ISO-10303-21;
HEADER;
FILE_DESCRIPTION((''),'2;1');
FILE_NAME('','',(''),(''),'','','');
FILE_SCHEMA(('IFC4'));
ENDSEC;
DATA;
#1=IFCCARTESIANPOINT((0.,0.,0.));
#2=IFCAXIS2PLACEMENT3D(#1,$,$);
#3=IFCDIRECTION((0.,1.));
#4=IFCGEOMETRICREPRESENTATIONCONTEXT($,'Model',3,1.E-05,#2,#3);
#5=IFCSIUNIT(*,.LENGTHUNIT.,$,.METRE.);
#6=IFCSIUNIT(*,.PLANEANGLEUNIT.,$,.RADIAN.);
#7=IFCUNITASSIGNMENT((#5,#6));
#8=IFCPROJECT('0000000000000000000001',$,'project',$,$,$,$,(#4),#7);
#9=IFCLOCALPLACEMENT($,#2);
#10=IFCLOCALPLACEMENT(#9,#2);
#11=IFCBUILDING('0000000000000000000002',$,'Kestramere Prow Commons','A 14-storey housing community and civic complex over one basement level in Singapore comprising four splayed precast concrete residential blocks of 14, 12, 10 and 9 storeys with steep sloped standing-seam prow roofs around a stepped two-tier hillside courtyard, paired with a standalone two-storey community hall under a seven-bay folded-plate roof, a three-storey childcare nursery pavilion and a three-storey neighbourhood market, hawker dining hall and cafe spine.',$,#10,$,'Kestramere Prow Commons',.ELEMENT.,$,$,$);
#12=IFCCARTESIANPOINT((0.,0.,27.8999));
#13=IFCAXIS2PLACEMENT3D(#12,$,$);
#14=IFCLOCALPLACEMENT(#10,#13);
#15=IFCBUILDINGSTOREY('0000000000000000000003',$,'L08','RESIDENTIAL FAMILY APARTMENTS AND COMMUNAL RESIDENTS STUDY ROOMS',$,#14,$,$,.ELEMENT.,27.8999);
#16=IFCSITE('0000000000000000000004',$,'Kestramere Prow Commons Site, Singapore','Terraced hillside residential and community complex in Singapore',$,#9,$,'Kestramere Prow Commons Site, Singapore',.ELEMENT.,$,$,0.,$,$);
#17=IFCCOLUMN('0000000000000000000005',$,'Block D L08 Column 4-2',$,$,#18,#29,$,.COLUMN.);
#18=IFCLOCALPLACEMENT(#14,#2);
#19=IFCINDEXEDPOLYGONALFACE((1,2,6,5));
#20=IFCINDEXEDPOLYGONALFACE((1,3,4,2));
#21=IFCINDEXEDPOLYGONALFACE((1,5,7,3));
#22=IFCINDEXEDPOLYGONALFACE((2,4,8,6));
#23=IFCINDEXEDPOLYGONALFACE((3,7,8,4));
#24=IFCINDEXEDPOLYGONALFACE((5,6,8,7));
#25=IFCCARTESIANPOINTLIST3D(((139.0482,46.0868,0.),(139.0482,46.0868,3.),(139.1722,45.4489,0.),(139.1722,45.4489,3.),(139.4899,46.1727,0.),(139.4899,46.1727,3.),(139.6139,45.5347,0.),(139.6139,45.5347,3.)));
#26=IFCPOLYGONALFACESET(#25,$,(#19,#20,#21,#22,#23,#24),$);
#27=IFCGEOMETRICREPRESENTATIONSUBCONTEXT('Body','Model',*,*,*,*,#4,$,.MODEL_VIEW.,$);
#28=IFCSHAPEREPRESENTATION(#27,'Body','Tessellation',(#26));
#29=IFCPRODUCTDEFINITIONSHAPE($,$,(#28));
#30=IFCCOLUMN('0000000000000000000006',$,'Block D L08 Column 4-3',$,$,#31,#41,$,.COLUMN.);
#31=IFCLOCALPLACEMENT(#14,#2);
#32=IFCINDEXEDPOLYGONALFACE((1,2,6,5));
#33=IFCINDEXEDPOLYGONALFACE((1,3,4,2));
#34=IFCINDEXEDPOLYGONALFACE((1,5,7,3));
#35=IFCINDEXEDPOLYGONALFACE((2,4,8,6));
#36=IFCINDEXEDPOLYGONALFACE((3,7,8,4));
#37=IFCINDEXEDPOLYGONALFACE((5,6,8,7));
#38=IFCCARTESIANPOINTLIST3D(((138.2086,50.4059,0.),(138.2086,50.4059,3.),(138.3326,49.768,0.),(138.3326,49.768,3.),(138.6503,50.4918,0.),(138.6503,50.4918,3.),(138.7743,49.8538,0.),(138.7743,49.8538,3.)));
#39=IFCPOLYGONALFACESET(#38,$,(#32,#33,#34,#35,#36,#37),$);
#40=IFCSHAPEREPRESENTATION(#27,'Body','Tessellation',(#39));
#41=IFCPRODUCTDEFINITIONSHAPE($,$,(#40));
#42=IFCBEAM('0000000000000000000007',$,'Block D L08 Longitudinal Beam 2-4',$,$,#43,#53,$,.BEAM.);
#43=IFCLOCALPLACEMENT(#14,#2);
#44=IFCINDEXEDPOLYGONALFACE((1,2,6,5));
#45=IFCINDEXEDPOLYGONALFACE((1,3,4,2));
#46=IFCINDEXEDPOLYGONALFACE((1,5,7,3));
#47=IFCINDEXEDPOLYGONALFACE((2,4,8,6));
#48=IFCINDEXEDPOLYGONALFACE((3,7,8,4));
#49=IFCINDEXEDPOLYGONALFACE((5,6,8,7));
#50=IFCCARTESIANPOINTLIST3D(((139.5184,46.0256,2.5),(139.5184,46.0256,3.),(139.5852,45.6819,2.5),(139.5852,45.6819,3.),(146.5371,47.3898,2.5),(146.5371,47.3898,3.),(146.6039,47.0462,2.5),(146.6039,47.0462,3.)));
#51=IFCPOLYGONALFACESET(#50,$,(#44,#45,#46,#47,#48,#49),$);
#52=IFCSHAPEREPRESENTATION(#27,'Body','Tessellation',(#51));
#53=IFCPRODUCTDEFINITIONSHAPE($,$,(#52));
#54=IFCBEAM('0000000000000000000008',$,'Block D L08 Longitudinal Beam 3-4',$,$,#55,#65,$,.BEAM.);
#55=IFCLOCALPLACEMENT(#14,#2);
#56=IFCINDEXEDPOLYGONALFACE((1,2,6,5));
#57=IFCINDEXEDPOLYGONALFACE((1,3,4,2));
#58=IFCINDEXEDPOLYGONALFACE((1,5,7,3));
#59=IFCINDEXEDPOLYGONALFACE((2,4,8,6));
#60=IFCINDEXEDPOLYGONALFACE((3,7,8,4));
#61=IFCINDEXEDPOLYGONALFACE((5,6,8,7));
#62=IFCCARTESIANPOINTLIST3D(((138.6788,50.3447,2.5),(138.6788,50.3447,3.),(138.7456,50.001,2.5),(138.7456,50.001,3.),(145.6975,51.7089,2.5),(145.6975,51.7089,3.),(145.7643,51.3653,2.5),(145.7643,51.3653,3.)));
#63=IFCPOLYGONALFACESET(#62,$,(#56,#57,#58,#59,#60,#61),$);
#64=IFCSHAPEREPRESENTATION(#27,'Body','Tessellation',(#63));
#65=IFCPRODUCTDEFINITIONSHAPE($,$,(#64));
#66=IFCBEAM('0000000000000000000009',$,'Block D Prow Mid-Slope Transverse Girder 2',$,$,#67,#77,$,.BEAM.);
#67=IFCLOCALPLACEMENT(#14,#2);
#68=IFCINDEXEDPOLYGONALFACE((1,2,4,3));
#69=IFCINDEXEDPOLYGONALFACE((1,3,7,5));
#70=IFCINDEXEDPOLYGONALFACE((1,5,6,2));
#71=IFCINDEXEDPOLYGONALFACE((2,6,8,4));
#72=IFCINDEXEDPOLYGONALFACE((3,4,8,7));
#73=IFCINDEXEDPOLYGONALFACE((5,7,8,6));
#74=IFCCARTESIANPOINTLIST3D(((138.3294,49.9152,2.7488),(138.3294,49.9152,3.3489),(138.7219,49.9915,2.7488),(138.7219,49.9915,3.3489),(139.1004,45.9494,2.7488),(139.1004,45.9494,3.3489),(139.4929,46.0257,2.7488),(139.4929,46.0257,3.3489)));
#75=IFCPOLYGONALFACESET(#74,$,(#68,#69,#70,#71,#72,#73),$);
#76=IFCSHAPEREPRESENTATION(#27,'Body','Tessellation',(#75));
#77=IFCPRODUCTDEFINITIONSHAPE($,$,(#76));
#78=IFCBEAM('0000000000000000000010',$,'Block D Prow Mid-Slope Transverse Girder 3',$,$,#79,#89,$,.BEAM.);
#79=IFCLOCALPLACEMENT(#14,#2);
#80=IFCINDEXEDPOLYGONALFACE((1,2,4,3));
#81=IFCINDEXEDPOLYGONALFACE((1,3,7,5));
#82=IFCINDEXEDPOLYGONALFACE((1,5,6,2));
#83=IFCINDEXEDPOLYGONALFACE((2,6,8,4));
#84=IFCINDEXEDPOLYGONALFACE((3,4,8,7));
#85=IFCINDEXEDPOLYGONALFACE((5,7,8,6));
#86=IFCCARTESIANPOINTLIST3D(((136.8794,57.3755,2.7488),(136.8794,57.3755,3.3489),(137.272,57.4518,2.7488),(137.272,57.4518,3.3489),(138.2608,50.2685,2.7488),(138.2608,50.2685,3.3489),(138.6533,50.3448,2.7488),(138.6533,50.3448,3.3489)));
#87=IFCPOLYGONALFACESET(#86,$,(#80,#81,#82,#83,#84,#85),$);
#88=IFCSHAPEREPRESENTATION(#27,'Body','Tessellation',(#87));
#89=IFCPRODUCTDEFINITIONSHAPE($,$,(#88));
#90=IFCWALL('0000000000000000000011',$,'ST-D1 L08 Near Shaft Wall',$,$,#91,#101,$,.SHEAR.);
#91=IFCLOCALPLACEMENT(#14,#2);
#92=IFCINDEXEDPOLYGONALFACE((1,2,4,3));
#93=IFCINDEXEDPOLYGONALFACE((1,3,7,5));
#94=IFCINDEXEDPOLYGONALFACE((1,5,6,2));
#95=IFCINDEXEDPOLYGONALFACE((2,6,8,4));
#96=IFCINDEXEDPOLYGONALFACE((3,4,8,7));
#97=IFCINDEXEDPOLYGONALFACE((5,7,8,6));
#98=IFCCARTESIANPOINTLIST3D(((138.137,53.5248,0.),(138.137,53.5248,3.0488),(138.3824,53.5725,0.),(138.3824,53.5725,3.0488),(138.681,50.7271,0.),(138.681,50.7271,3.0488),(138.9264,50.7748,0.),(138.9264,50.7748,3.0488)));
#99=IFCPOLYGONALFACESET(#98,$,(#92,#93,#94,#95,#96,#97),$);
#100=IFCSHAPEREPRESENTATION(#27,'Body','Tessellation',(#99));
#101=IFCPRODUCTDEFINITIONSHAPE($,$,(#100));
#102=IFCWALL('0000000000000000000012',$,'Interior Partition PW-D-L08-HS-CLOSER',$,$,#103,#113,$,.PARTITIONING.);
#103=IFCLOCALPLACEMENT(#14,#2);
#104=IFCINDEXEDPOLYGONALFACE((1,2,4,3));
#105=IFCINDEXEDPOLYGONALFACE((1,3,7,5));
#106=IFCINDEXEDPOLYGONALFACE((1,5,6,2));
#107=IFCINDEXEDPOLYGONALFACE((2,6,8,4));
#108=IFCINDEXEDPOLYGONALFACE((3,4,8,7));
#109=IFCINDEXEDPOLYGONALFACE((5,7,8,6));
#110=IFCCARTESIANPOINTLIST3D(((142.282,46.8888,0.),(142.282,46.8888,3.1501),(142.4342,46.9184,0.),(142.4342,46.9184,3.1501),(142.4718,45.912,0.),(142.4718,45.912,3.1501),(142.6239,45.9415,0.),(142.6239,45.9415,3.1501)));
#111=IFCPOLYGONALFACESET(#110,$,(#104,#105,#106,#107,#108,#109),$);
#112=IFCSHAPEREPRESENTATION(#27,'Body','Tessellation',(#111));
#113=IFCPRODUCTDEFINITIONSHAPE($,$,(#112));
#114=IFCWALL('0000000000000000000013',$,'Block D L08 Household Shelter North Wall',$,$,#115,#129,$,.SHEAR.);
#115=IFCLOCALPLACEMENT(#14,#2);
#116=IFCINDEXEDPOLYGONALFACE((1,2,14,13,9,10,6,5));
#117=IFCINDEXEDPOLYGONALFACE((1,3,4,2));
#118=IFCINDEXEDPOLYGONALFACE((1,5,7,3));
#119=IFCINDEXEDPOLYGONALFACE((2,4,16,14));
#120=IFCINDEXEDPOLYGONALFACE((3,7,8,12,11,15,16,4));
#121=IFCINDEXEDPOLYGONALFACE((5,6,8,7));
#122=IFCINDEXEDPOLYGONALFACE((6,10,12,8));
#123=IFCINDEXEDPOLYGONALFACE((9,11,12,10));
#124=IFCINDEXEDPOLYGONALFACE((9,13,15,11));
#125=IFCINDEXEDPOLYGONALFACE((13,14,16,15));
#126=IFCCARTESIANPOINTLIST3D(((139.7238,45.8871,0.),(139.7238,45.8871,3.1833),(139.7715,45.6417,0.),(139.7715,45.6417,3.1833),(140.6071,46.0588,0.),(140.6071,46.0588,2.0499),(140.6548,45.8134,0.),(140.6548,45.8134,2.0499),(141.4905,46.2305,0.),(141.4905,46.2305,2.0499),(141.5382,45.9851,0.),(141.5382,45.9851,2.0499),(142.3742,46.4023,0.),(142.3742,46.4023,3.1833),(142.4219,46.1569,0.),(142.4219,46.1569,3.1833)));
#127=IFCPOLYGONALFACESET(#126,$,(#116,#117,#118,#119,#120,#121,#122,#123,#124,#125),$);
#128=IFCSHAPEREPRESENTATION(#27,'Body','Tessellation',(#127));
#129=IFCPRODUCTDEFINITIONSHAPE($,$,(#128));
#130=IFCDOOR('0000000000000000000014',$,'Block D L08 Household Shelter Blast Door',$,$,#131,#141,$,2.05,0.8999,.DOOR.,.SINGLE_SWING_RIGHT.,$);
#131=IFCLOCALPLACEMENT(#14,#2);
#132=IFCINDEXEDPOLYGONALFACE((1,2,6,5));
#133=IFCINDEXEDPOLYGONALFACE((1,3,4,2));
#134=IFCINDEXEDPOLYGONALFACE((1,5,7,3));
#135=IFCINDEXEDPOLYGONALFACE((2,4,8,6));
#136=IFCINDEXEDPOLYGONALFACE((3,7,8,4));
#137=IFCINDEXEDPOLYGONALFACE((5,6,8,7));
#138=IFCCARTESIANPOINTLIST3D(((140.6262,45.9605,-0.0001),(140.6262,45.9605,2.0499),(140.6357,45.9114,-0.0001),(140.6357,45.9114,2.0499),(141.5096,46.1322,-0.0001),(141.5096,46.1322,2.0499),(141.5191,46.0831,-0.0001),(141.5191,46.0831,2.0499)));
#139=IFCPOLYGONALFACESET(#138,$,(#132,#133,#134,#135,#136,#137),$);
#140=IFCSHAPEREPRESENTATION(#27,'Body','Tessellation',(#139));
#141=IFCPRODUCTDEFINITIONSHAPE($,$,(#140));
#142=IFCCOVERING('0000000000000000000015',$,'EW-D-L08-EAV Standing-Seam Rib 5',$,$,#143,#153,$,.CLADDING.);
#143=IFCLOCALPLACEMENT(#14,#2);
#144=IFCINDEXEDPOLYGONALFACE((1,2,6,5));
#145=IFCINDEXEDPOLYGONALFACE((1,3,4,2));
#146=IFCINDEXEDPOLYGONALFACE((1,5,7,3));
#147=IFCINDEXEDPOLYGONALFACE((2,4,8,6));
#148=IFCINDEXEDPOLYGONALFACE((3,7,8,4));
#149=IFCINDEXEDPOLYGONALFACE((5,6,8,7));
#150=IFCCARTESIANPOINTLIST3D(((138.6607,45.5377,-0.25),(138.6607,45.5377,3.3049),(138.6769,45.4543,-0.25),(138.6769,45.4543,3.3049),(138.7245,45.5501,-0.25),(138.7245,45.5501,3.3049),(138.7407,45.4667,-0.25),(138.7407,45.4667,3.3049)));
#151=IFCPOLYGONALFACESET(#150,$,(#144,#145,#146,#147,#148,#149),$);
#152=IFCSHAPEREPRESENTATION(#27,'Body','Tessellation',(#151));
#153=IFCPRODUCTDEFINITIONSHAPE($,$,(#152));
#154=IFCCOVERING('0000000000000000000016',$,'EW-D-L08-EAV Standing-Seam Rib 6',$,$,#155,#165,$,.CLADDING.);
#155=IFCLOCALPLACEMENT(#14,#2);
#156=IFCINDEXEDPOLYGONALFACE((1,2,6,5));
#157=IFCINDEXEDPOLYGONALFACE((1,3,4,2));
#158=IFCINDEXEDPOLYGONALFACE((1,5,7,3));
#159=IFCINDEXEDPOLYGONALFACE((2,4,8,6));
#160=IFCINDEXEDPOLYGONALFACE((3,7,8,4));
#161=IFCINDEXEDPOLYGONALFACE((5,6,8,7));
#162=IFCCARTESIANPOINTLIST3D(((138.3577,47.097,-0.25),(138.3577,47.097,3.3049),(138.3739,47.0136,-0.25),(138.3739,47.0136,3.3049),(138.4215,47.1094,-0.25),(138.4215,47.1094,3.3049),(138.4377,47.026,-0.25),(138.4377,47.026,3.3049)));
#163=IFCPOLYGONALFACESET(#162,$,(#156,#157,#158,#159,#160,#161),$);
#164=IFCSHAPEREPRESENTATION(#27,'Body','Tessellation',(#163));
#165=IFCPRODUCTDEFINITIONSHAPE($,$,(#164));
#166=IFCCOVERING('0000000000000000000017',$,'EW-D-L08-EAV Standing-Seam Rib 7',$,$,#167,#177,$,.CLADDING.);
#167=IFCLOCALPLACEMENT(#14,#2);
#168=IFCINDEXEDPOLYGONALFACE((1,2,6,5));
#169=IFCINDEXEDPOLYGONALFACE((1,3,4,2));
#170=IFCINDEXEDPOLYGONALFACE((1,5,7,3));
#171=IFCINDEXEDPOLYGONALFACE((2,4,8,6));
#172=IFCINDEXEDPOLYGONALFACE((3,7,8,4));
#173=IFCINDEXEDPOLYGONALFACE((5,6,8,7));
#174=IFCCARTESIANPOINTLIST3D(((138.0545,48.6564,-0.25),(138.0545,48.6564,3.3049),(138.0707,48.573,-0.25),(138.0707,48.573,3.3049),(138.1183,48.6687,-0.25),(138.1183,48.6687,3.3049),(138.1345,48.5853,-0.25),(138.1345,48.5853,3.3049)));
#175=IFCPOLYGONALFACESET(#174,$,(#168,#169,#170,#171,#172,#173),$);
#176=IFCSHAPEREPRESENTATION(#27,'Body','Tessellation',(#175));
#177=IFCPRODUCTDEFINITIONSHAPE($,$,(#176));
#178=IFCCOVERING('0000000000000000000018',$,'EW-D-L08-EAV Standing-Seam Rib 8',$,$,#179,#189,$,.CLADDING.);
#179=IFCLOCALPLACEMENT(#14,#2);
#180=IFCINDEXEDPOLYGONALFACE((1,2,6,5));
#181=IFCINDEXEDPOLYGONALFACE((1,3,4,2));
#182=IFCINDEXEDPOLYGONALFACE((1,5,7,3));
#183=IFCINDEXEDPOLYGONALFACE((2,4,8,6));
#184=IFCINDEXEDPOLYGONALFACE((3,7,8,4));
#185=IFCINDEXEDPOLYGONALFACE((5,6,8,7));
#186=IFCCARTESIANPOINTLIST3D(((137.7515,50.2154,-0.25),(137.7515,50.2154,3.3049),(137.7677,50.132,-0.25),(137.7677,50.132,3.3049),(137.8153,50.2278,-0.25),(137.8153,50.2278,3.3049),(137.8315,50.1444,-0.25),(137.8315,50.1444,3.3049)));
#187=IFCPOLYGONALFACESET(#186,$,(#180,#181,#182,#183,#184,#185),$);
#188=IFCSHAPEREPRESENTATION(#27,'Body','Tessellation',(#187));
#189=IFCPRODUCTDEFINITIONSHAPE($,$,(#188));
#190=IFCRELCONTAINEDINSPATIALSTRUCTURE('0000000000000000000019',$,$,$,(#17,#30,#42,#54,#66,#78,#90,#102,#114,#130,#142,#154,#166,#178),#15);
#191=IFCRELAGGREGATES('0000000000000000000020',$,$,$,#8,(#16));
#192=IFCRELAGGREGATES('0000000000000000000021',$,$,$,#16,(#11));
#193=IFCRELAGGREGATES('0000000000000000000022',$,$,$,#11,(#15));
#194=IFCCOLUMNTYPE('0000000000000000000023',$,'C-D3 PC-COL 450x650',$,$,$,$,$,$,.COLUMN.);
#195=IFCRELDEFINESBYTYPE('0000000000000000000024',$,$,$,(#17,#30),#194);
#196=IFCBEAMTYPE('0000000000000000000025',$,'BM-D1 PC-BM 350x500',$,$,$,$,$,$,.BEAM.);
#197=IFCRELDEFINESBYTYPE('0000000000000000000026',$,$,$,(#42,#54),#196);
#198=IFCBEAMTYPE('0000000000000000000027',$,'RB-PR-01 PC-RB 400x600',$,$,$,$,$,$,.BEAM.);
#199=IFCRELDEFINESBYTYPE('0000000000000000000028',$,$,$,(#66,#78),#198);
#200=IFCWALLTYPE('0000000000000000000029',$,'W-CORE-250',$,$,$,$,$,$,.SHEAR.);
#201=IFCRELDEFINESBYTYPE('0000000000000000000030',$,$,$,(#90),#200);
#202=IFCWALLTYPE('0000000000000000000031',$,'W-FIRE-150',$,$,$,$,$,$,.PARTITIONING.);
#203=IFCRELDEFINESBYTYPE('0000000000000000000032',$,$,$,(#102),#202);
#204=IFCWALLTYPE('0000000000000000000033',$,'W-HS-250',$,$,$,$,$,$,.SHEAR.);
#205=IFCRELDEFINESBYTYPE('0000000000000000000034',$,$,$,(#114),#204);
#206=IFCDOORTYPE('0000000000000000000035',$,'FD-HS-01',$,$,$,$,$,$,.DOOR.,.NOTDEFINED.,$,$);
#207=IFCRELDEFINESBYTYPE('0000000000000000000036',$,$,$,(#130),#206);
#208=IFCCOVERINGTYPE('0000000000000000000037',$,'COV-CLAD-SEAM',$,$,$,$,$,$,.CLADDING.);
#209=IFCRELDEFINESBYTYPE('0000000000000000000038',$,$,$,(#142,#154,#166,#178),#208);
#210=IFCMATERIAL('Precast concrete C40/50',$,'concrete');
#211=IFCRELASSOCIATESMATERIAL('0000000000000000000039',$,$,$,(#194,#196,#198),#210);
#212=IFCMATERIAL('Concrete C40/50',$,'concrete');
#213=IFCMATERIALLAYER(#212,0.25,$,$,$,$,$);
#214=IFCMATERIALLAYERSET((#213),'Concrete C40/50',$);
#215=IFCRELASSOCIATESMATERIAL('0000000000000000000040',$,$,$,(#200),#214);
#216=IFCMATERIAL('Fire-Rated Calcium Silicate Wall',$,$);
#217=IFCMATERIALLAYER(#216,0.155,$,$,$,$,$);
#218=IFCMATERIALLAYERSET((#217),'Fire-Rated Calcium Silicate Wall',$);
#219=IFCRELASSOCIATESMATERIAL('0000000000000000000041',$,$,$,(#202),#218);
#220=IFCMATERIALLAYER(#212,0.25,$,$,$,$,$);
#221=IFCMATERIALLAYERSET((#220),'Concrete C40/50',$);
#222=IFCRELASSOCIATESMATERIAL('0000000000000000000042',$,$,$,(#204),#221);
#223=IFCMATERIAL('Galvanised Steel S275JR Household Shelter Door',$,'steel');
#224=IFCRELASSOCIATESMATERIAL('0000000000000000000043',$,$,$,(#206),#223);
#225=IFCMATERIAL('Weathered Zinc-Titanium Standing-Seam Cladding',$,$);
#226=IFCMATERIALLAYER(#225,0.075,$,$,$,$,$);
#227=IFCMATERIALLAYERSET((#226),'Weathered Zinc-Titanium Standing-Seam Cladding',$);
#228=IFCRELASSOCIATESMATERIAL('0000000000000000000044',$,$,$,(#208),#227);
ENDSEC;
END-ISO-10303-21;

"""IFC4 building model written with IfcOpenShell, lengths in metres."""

from ifc_helpers import new_model, si_unit, direction, frame, frame_2d, origin, origin_2d, place, context, subcontext, project, spatial, rectangle, extrude, material, layer, layer_set, material_profile, profile_set, type_object, element, fill, save


model = new_model("IFC4")

# Units and contexts
model_context = context("Model", 3, precision=1e-05, world=origin(), true_north=direction((0.0, 1.0)))
body_context = subcontext(model_context, "Body", "Model", "MODEL_VIEW")
ifc_project = project(units=[si_unit("LENGTHUNIT", "METRE"), si_unit("PLANEANGLEUNIT", "RADIAN")], contexts=[model_context])

# Site, building, storey
site_placement = place(None, origin())
site = spatial("IfcSite", under=ifc_project, at=site_placement, Name="Kestramere Prow Commons Site, Singapore", Description="Terraced hillside residential and community complex in Singapore", LongName="Kestramere Prow Commons Site, Singapore", CompositionType="ELEMENT", RefElevation=0.0)
building_placement = place(site_placement, origin())
building = spatial("IfcBuilding", under=site, at=building_placement, Name="Kestramere Prow Commons", Description="A 14-storey housing community and civic complex over one basement level in Singapore comprising four splayed precast concrete residential blocks of 14, 12, 10 and 9 storeys with steep sloped standing-seam prow roofs around a stepped two-tier hillside courtyard, paired with a standalone two-storey community hall under a seven-bay folded-plate roof, a three-storey childcare nursery pavilion and a three-storey neighbourhood market, hawker dining hall and cafe spine.", LongName="Kestramere Prow Commons", CompositionType="ELEMENT")
storey_placement = place(building_placement, frame((0.0, 0.0, 27.8999)))
storey = spatial("IfcBuildingStorey", under=building, at=storey_placement, Name="L08", Description="RESIDENTIAL FAMILY APARTMENTS AND COMMUNAL RESIDENTS STUDY ROOMS", CompositionType="ELEMENT", Elevation=27.8999)

# Columns
ifc_material_1 = material(Name="Precast concrete C40/50", Category="concrete")
ifc_material_profile_1 = material_profile(ifc_material_1, rectangle(XDim=0.45, YDim=0.6499, at=origin_2d()), Name="PC-COL 450x650")
ifc_profile_set_1 = profile_set([ifc_material_profile_1], Name="Precast concrete C40/50")
column_type = type_object("IfcColumnType", Name="C-D3 PC-COL 450x650", PredefinedType="COLUMN", material=ifc_profile_set_1)
for number, where, z_axis, x_axis, name in (
    (1, (139.3311, 45.8108, 0.0), (0.0, 0.0, 1.0), (0.981627, 0.190809, 0.0), "Block D L08 Column 4-2"),
    (2, (138.4915, 50.1299, 0.0), (0.0, 0.0, 1.0), (0.981627, 0.190809, 0.0), "Block D L08 Column 4-3"),
):
    element("IfcColumn", number, at=place(storey_placement, frame(where, z_axis=z_axis, x_axis=x_axis)), inside=storey, type_object=column_type, Name=name, PredefinedType="COLUMN", context=body_context, shape_type="SweptSolid", body=[
        extrude(rectangle(XDim=0.45, YDim=0.6499, at=origin_2d()), origin(), (0.0, 0.0, 1.0), 3.0),
    ])

# Beams
ifc_material_profile_2 = material_profile(ifc_material_1, rectangle(XDim=0.3501, YDim=0.5, at=origin_2d()), Name="PC-BM 350x500")
ifc_profile_set_2 = profile_set([ifc_material_profile_2], Name="Precast concrete C40/50")
beam_type_1 = type_object("IfcBeamType", Name="BM-D1 PC-BM 350x500", PredefinedType="BEAM", material=ifc_profile_set_2)
for number, where, z_axis, x_axis, name in (
    (3, (139.5518, 45.8538, 2.75), (0.981629, 0.190801, 0.0), (-0.190801, 0.981629, 0.0), "Block D L08 Longitudinal Beam 2-4"),
    (4, (138.7122, 50.1729, 2.75), (0.981629, 0.190801, 0.0), (-0.190801, 0.981629, 0.0), "Block D L08 Longitudinal Beam 3-4"),
):
    element("IfcBeam", number, at=place(storey_placement, frame(where, z_axis=z_axis, x_axis=x_axis)), inside=storey, type_object=beam_type_1, Name=name, PredefinedType="BEAM", context=body_context, shape_type="SweptSolid", body=[
        extrude(rectangle(XDim=0.3501, YDim=0.5, at=origin_2d()), origin(), (0.0, 0.0, 1.0), 7.1501),
    ])
ifc_material_profile_3 = material_profile(ifc_material_1, rectangle(XDim=0.3999, YDim=0.6001, at=origin_2d()), Name="PC-RB 400x600")
ifc_profile_set_3 = profile_set([ifc_material_profile_3], Name="Precast concrete C40/50")
beam_type_2 = type_object("IfcBeamType", Name="RB-PR-01 PC-RB 400x600", PredefinedType="BEAM", material=ifc_profile_set_3)
beam_1_placement = place(storey_placement, frame((139.2966, 45.9875, 3.0488), z_axis=(-0.190837, 0.981622, 0.0), x_axis=(-0.981622, -0.190837, 0.0)))
element("IfcBeam", 5, at=beam_1_placement, inside=storey, type_object=beam_type_2, Name="Block D Prow Mid-Slope Transverse Girder 2", PredefinedType="BEAM", context=body_context, shape_type="SweptSolid", body=[
    extrude(rectangle(XDim=0.3999, YDim=0.6001, at=origin_2d()), origin(), (0.0, 0.0, 1.0), 4.04),
])
beam_2_placement = place(storey_placement, frame((138.457, 50.3066, 3.0488), z_axis=(-0.190796, 0.98163, 0.0), x_axis=(-0.98163, -0.190796, 0.0)))
element("IfcBeam", 6, at=beam_2_placement, inside=storey, type_object=beam_type_2, Name="Block D Prow Mid-Slope Transverse Girder 3", PredefinedType="BEAM", context=body_context, shape_type="SweptSolid", body=[
    extrude(rectangle(XDim=0.3999, YDim=0.6001, at=origin_2d()), origin(), (0.0, 0.0, 1.0), 7.24),
])

# Shared definitions
ifc_material_2 = material(Name="Concrete C40/50", Category="concrete")
ifc_layer_1 = layer(ifc_material_2, 0.25)
ifc_layer_set_1 = layer_set([ifc_layer_1], Name="Concrete C40/50")
wall_type_1 = type_object("IfcWallType", Name="W-CORE-250", PredefinedType="SHEAR", material=ifc_layer_set_1)

# Walls
wall_1_placement = place(storey_placement, frame((138.8037, 50.751, 0.0), z_axis=(0.0, 0.0, 1.0), x_axis=(-0.190858, 0.981618, 0.0)))
element("IfcWall", 7, at=wall_1_placement, inside=storey, type_object=wall_type_1, Name="ST-D1 L08 Near Shaft Wall", PredefinedType="SHEAR", context=body_context, shape_type="SweptSolid", body=[
    extrude(rectangle(XDim=2.8501, YDim=0.25, at=frame_2d((1.425, 0.0))), origin(), (0.0, 0.0, 1.0), 3.0488),
])
ifc_material_3 = material(Name="Fire-Rated Calcium Silicate Wall")
ifc_layer_2 = layer(ifc_material_3, 0.155)
ifc_layer_set_2 = layer_set([ifc_layer_2], Name="Fire-Rated Calcium Silicate Wall")
wall_type_2 = type_object("IfcWallType", Name="W-FIRE-150", PredefinedType="PARTITIONING", material=ifc_layer_set_2)
wall_2_placement = place(storey_placement, frame((142.5479, 45.9268, 0.0), z_axis=(0.0, 0.0, 1.0), x_axis=(-0.19064, 0.98166, 0.0)))
element("IfcWall", 8, at=wall_2_placement, inside=storey, type_object=wall_type_2, Name="Interior Partition PW-D-L08-HS-CLOSER", PredefinedType="PARTITIONING", context=body_context, shape_type="SweptSolid", body=[
    extrude(rectangle(XDim=0.9951, YDim=0.155, at=frame_2d((0.4976, 0.0))), origin(), (0.0, 0.0, 1.0), 3.1501),
])

# Wall, opening, door
ifc_layer_3 = layer(ifc_material_2, 0.25)
ifc_layer_set_3 = layer_set([ifc_layer_3], Name="Concrete C40/50")
wall_type_3 = type_object("IfcWallType", Name="W-HS-250", PredefinedType="SHEAR", material=ifc_layer_set_3)
wall_3_placement = place(storey_placement, frame((139.7476, 45.7644, 0.0), z_axis=(0.0, 0.0, 1.0), x_axis=(0.98163, 0.190792, 0.0)))
wall_3 = element("IfcWall", 9, at=wall_3_placement, inside=storey, type_object=wall_type_3, Name="Block D L08 Household Shelter North Wall", PredefinedType="SHEAR", context=body_context, shape_type="SweptSolid", body=[
    extrude(rectangle(XDim=2.7, YDim=0.25, at=frame_2d((1.3501, 0.0))), origin(), (0.0, 0.0, 1.0), 3.1833),
])
opening_1_placement = place(wall_3_placement, frame((0.8999, 0.0, 0.0)))
opening_1 = element("IfcOpeningElement", 10, at=opening_1_placement, cuts=wall_3, PredefinedType="OPENING", context=body_context, shape_type="SweptSolid", body=[
    extrude(rectangle(XDim=0.8999, YDim=2.05, at=frame_2d((0.45, 1.0249))), frame((0.0, 0.1399, 0.0), z_axis=(0.0, -1.0, 0.0), x_axis=(1.0, 0.0, 0.0)), (0.0, 0.0, 1.0), 0.28),
])
ifc_material_4 = material(Name="Galvanised Steel S275JR Household Shelter Door", Category="steel")
door_type_1 = type_object("IfcDoorType", Name="FD-HS-01", OperationType="NOTDEFINED", PredefinedType="DOOR", material=ifc_material_4)
door_1_placement = place(opening_1_placement, origin())
door_1 = element("IfcDoor", 11, at=door_1_placement, inside=storey, type_object=door_type_1, Name="Block D L08 Household Shelter Blast Door", OperationType="SINGLE_SWING_RIGHT", OverallHeight=2.05, OverallWidth=0.8999, PredefinedType="DOOR", context=body_context, shape_type="SweptSolid", body=[
    extrude(rectangle(XDim=0.8999, YDim=2.05, at=frame_2d((0.45, 1.0249))), frame((0.0, 0.0249, 0.0), z_axis=(0.0, -1.0, 0.0), x_axis=(1.0, 0.0, 0.0)), (0.0, 0.0, 1.0), 0.05),
])
fill(opening_1, door_1)

# Coverings
ifc_material_5 = material(Name="Weathered Zinc-Titanium Standing-Seam Cladding")
ifc_layer_4 = layer(ifc_material_5, 0.075)
ifc_layer_set_4 = layer_set([ifc_layer_4], Name="Weathered Zinc-Titanium Standing-Seam Cladding")
covering_type = type_object("IfcCoveringType", Name="COV-CLAD-SEAM", PredefinedType="CLADDING", material=ifc_layer_set_4)
for number, where, z_axis, x_axis, name in (
    (12, (138.7007, 45.5022, -0.25), (0.0, 0.0, 1.0), (-0.190809, 0.981627, 0.0), "EW-D-L08-EAV Standing-Seam Rib 5"),
    (13, (138.3977, 47.0615, -0.25), (0.0, 0.0, 1.0), (-0.190809, 0.981627, 0.0), "EW-D-L08-EAV Standing-Seam Rib 6"),
    (14, (138.0945, 48.6208, -0.25), (0.0, 0.0, 1.0), (-0.190809, 0.981627, 0.0), "EW-D-L08-EAV Standing-Seam Rib 7"),
    (15, (137.7915, 50.1799, -0.25), (0.0, 0.0, 1.0), (-0.190809, 0.981627, 0.0), "EW-D-L08-EAV Standing-Seam Rib 8"),
):
    element("IfcCovering", number, at=place(storey_placement, frame(where, z_axis=z_axis, x_axis=x_axis)), inside=storey, type_object=covering_type, Name=name, PredefinedType="CLADDING", context=body_context, shape_type="SweptSolid", body=[
        extrude(rectangle(XDim=0.085, YDim=0.0649, at=origin_2d()), origin(), (0.0, 0.0, 1.0), 3.5549),
    ])

save(model, "model.ifc")
